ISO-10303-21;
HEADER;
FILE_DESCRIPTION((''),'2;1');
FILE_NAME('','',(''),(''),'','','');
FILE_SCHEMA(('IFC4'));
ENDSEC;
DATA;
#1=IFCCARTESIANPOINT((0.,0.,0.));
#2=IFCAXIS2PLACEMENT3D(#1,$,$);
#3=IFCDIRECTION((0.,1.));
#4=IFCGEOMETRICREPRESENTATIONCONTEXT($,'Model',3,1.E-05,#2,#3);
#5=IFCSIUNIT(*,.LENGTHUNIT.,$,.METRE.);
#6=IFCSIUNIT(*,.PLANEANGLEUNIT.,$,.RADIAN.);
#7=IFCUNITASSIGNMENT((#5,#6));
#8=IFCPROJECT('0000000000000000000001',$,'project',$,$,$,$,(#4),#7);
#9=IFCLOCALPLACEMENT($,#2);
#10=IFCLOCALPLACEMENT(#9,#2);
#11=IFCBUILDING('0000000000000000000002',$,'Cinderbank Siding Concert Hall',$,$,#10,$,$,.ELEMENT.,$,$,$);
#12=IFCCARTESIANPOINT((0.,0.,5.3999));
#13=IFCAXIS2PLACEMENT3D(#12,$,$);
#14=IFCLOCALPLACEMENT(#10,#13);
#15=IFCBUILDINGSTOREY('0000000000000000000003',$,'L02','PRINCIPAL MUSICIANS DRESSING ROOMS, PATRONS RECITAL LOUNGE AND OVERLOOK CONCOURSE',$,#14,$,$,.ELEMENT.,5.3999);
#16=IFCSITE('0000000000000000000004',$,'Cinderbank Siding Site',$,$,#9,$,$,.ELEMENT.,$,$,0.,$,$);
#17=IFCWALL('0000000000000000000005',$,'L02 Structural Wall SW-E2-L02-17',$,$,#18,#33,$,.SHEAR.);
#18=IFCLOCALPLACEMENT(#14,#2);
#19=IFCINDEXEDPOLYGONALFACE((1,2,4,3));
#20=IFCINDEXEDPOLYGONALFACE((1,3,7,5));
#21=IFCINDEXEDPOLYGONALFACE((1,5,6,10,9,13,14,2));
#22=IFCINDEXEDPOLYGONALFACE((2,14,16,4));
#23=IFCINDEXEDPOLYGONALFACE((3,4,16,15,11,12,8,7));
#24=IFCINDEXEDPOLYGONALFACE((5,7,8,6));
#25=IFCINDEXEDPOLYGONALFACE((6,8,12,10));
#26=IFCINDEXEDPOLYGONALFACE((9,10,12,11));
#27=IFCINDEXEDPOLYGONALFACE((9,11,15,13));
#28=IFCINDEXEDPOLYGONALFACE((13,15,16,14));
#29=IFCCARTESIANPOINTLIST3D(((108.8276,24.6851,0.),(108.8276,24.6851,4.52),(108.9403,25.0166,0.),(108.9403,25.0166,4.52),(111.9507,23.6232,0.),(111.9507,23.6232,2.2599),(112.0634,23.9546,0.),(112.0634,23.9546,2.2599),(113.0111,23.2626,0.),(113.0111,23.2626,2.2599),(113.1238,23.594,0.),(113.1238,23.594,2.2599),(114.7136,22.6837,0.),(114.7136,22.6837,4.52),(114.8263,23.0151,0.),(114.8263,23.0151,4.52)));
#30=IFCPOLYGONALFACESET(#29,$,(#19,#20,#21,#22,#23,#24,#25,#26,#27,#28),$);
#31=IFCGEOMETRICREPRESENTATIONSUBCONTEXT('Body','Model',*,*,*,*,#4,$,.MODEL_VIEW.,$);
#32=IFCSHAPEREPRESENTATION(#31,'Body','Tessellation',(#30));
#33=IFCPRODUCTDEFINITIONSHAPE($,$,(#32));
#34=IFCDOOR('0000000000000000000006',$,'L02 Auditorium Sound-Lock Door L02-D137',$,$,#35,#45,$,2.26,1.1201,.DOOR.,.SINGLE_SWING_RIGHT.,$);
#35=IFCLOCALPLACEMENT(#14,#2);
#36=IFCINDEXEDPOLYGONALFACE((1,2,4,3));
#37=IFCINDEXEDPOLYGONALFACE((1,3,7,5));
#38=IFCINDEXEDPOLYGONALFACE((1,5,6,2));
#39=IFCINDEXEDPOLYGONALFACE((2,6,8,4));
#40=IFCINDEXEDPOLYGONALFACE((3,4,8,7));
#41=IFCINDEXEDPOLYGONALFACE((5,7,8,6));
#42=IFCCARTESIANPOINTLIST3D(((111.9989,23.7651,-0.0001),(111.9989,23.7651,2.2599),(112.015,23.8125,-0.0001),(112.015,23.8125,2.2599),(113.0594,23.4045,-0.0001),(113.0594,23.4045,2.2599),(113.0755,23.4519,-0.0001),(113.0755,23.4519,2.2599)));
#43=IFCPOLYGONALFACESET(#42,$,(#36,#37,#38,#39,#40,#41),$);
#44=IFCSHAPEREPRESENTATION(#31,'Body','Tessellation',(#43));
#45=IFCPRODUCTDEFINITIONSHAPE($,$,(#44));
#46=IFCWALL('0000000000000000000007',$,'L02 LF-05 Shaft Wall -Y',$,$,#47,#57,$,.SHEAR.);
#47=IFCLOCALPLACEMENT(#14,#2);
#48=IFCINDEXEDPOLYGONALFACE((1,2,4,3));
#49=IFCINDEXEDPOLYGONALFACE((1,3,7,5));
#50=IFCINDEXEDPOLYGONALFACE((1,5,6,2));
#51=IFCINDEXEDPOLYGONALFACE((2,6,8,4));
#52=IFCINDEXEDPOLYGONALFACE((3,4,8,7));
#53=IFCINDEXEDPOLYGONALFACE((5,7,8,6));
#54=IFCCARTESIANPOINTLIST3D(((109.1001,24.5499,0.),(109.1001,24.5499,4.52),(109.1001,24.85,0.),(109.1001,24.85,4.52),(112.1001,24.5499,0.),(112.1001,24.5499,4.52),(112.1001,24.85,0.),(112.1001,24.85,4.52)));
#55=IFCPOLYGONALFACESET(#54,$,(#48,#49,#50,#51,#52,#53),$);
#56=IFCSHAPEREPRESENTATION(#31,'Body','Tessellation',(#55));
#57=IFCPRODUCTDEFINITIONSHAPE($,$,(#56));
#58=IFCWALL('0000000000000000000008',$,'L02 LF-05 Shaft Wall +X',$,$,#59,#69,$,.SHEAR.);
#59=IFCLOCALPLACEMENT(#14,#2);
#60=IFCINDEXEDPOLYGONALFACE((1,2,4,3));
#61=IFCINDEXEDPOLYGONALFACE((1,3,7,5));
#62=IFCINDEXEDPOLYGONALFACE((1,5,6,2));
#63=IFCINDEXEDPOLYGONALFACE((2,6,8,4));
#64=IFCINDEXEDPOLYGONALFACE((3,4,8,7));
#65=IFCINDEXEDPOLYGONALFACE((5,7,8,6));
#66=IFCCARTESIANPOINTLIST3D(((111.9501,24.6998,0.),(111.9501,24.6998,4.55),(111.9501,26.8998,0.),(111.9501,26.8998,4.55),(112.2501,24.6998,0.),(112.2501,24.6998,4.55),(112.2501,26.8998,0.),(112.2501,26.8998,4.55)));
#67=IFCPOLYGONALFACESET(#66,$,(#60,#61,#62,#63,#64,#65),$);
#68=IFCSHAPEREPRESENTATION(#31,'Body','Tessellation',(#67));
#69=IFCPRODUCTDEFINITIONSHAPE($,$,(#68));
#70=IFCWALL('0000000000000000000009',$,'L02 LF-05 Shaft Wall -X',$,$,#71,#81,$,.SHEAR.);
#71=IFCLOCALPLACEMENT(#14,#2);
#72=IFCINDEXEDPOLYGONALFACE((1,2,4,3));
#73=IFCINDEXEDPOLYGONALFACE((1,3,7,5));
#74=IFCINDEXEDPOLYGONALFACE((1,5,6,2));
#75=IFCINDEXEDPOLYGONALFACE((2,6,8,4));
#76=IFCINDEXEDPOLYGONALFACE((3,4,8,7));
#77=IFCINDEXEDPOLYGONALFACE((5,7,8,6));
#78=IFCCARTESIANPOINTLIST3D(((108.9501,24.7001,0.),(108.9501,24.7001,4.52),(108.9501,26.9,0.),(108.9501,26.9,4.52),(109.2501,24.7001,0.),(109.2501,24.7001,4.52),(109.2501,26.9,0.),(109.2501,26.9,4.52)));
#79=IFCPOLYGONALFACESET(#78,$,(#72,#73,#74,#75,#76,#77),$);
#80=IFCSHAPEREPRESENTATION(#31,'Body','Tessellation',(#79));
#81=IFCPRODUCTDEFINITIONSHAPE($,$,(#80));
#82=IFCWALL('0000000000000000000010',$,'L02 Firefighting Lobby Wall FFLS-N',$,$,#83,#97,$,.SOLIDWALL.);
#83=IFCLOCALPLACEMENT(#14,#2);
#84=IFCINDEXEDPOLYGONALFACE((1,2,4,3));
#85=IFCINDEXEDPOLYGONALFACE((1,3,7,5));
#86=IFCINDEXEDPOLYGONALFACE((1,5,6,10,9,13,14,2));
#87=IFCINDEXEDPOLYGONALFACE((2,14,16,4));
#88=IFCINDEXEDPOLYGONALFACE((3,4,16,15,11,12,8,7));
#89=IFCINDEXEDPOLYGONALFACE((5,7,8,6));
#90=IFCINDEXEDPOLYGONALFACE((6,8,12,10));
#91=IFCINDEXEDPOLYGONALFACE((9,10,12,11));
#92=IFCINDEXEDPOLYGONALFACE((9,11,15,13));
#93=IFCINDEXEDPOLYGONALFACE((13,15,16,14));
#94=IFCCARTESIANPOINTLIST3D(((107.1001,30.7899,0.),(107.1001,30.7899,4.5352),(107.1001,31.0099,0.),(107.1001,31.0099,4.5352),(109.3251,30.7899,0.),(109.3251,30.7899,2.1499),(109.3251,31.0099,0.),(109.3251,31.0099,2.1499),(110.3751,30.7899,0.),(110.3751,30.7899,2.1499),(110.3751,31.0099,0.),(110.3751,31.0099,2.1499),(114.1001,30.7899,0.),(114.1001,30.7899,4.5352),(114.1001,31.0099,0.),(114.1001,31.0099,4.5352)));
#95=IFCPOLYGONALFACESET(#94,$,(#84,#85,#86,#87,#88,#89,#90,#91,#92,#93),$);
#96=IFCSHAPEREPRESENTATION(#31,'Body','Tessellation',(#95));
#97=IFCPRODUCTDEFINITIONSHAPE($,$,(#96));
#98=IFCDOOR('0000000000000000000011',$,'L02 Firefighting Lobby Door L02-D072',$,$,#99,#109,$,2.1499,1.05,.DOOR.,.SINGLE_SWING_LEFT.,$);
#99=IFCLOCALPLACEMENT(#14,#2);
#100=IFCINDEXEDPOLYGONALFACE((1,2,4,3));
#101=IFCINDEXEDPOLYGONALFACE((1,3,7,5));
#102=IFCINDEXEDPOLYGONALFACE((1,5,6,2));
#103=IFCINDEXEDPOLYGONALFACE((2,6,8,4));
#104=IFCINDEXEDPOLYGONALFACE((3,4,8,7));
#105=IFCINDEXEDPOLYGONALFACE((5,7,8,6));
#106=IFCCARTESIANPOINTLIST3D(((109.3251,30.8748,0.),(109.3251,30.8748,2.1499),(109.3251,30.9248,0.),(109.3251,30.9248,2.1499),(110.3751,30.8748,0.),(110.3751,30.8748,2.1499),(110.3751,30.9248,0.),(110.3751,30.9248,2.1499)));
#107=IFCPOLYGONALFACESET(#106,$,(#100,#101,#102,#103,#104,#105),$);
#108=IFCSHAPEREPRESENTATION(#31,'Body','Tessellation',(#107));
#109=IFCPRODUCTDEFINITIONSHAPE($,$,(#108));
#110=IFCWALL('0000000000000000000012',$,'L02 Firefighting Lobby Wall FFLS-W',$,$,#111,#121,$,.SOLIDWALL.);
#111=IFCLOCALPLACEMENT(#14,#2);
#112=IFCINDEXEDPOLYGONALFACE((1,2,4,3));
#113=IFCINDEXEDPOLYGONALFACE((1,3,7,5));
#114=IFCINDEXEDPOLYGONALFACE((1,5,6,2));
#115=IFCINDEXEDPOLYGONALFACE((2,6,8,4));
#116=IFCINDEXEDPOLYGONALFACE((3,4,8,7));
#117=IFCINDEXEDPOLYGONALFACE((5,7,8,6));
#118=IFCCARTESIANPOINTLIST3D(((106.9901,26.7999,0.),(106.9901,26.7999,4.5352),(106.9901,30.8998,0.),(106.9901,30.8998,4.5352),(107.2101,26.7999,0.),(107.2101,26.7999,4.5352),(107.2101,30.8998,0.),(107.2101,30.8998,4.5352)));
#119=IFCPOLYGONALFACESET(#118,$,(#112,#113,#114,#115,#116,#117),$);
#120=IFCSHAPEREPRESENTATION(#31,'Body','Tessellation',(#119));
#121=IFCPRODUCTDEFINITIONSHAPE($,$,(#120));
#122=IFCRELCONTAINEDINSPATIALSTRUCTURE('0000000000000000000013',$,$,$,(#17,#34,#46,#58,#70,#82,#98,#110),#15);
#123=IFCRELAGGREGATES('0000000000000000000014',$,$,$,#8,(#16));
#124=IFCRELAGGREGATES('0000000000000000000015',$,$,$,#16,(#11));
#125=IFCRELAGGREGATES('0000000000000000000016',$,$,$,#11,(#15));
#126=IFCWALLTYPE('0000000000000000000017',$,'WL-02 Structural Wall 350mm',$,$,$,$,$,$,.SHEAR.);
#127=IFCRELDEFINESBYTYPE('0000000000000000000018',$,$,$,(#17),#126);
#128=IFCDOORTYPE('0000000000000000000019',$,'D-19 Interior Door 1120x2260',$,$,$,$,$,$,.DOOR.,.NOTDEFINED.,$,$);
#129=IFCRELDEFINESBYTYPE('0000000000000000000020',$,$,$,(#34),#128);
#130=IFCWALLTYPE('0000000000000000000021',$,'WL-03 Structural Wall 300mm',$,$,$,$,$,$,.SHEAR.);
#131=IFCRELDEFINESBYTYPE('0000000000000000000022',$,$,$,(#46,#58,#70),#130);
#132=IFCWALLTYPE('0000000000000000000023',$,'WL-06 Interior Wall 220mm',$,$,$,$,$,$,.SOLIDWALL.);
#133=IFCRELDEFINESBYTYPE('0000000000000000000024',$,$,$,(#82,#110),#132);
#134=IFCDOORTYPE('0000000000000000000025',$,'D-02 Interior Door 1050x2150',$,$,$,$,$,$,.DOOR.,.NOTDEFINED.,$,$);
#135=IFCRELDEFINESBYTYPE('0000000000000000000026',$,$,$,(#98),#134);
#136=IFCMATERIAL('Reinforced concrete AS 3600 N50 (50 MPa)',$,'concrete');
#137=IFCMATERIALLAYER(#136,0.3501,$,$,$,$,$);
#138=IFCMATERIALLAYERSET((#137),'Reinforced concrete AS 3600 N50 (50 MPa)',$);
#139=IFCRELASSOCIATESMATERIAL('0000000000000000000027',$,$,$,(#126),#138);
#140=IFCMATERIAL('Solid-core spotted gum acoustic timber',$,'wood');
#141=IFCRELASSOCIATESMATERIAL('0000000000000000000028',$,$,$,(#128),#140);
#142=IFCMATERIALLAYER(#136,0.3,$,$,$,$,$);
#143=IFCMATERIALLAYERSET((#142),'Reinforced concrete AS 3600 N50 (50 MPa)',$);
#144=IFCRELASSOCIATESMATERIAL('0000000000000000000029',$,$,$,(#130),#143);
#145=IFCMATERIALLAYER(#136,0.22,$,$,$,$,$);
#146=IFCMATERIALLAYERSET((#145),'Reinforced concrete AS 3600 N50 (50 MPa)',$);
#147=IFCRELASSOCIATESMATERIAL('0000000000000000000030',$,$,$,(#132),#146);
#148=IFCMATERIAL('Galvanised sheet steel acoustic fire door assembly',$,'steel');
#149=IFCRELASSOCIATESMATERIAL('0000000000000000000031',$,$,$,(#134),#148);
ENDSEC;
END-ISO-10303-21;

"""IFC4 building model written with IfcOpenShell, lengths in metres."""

from ifc_helpers import new_model, si_unit, direction, frame, frame_2d, origin, place, context, subcontext, project, spatial, rectangle, extrude, material, layer, layer_set, type_object, element, fill, save


model = new_model("IFC4")

# Units and contexts
model_context = context("Model", 3, precision=1e-05, world=origin(), true_north=direction((0.0, 1.0)))
body_context = subcontext(model_context, "Body", "Model", "MODEL_VIEW")
ifc_project = project(units=[si_unit("LENGTHUNIT", "METRE"), si_unit("PLANEANGLEUNIT", "RADIAN")], contexts=[model_context])

# Site, building, storey
site_placement = place(None, origin())
site = spatial("IfcSite", under=ifc_project, at=site_placement, Name="Cinderbank Siding Site", CompositionType="ELEMENT", RefElevation=0.0)
building_placement = place(site_placement, origin())
building = spatial("IfcBuilding", under=site, at=building_placement, Name="Cinderbank Siding Concert Hall", CompositionType="ELEMENT")
storey_placement = place(building_placement, frame((0.0, 0.0, 5.3999)))
storey = spatial("IfcBuildingStorey", under=building, at=storey_placement, Name="L02", Description="PRINCIPAL MUSICIANS DRESSING ROOMS, PATRONS RECITAL LOUNGE AND OVERLOOK CONCOURSE", CompositionType="ELEMENT", Elevation=5.3999)

# Shared definitions
ifc_material_1 = material(Name="Reinforced concrete AS 3600 N50 (50 MPa)", Category="concrete")

# Shared definitions
ifc_layer_1 = layer(ifc_material_1, 0.3501)
ifc_layer_set_1 = layer_set([ifc_layer_1], Name="Reinforced concrete AS 3600 N50 (50 MPa)")
wall_type_1 = type_object("IfcWallType", Name="WL-02 Structural Wall 350mm", PredefinedType="SHEAR", material=ifc_layer_set_1)

# Wall, opening, door
wall_1_placement = place(storey_placement, frame((108.884, 24.8508, 0.0), z_axis=(0.0, 0.0, 1.0), x_axis=(0.946761, -0.321936, 0.0)))
wall_1 = element("IfcWall", 1, at=wall_1_placement, inside=storey, type_object=wall_type_1, Name="L02 Structural Wall SW-E2-L02-17", PredefinedType="SHEAR", context=body_context, shape_type="SweptSolid", body=[
    extrude(rectangle(XDim=6.217, YDim=0.3501, at=frame_2d((3.1084, 0.0))), origin(), (0.0, 0.0, 1.0), 4.52),
])
opening_1_placement = place(wall_1_placement, frame((3.2986, 0.0, 0.0)))
opening_1 = element("IfcOpeningElement", 2, at=opening_1_placement, cuts=wall_1, PredefinedType="OPENING", context=body_context, shape_type="SweptSolid", body=[
    extrude(rectangle(XDim=1.1201, YDim=2.26, at=frame_2d((0.5601, 1.1299))), frame((0.0, 0.187, 0.0), z_axis=(0.0, -1.0, 0.0), x_axis=(1.0, 0.0, 0.0)), (0.0, 0.0, 1.0), 0.374),
])
ifc_material_2 = material(Name="Solid-core spotted gum acoustic timber", Category="wood")
door_type_1 = type_object("IfcDoorType", Name="D-19 Interior Door 1120x2260", OperationType="NOTDEFINED", PredefinedType="DOOR", material=ifc_material_2)
door_1_placement = place(opening_1_placement, origin())
door_1 = element("IfcDoor", 3, at=door_1_placement, inside=storey, type_object=door_type_1, Name="L02 Auditorium Sound-Lock Door L02-D137", OperationType="SINGLE_SWING_RIGHT", OverallHeight=2.26, OverallWidth=1.1201, PredefinedType="DOOR", context=body_context, shape_type="SweptSolid", body=[
    extrude(rectangle(XDim=1.1201, YDim=2.26, at=frame_2d((0.5601, 1.1299))), frame((0.0, 0.0249, 0.0), z_axis=(0.0, -1.0, 0.0), x_axis=(1.0, 0.0, 0.0)), (0.0, 0.0, 1.0), 0.05),
])
fill(opening_1, door_1)

# Walls
ifc_layer_2 = layer(ifc_material_1, 0.3)
ifc_layer_set_2 = layer_set([ifc_layer_2], Name="Reinforced concrete AS 3600 N50 (50 MPa)")
wall_type_2 = type_object("IfcWallType", Name="WL-03 Structural Wall 300mm", PredefinedType="SHEAR", material=ifc_layer_set_2)
wall_2_placement = place(storey_placement, frame((112.1001, 24.7, 0.0), z_axis=(0.0, 0.0, 1.0), x_axis=(-1.0, 0.0, 0.0)))
element("IfcWall", 4, at=wall_2_placement, inside=storey, type_object=wall_type_2, Name="L02 LF-05 Shaft Wall -Y", PredefinedType="SHEAR", context=body_context, shape_type="SweptSolid", body=[
    extrude(rectangle(XDim=3.0, YDim=0.3, at=frame_2d((1.5, 0.0))), origin(), (0.0, 0.0, 1.0), 4.52),
])
wall_3_placement = place(storey_placement, frame((112.1001, 26.8999, 0.0), z_axis=(0.0, 0.0, 1.0), x_axis=(0.0, -1.0, 0.0)))
element("IfcWall", 5, at=wall_3_placement, inside=storey, type_object=wall_type_2, Name="L02 LF-05 Shaft Wall +X", PredefinedType="SHEAR", context=body_context, shape_type="SweptSolid", body=[
    extrude(rectangle(XDim=2.2, YDim=0.3, at=frame_2d((1.1001, 0.0))), origin(), (0.0, 0.0, 1.0), 4.55),
])

# Shared definitions
ifc_material_3 = material(Name="Galvanised sheet steel acoustic fire door assembly", Category="steel")

# Wall
wall_4_placement = place(storey_placement, frame((109.1001, 24.7, 0.0), z_axis=(0.0, 0.0, 1.0), x_axis=(0.0, 1.0, 0.0)))
element("IfcWall", 6, at=wall_4_placement, inside=storey, type_object=wall_type_2, Name="L02 LF-05 Shaft Wall -X", PredefinedType="SHEAR", context=body_context, shape_type="SweptSolid", body=[
    extrude(rectangle(XDim=2.2, YDim=0.3, at=frame_2d((1.1001, 0.0))), origin(), (0.0, 0.0, 1.0), 4.52),
])

# Wall, opening, door
ifc_layer_3 = layer(ifc_material_1, 0.22)
ifc_layer_set_3 = layer_set([ifc_layer_3], Name="Reinforced concrete AS 3600 N50 (50 MPa)")
wall_type_3 = type_object("IfcWallType", Name="WL-06 Interior Wall 220mm", PredefinedType="SOLIDWALL", material=ifc_layer_set_3)
wall_5_placement = place(storey_placement, frame((107.1001, 30.8999, 0.0), z_axis=(0.0, 0.0, 1.0), x_axis=(1.0, 0.0, 0.0)))
wall_5 = element("IfcWall", 7, at=wall_5_placement, inside=storey, type_object=wall_type_3, Name="L02 Firefighting Lobby Wall FFLS-N", PredefinedType="SOLIDWALL", context=body_context, shape_type="SweptSolid", body=[
    extrude(rectangle(XDim=7.0, YDim=0.22, at=frame_2d((3.5, 0.0))), origin(), (0.0, 0.0, 1.0), 4.5352),
])
opening_2_placement = place(wall_5_placement, frame((2.2251, 0.0, 0.0)))
opening_2 = element("IfcOpeningElement", 8, at=opening_2_placement, cuts=wall_5, PredefinedType="OPENING", context=body_context, shape_type="SweptSolid", body=[
    extrude(rectangle(XDim=1.05, YDim=2.1499, at=frame_2d((0.5249, 1.075))), frame((0.0, 0.1221, 0.0), z_axis=(0.0, -1.0, 0.0), x_axis=(1.0, 0.0, 0.0)), (0.0, 0.0, 1.0), 0.2439),
])
door_type_2 = type_object("IfcDoorType", Name="D-02 Interior Door 1050x2150", OperationType="NOTDEFINED", PredefinedType="DOOR", material=ifc_material_3)
door_2_placement = place(opening_2_placement, origin())
door_2 = element("IfcDoor", 9, at=door_2_placement, inside=storey, type_object=door_type_2, Name="L02 Firefighting Lobby Door L02-D072", OperationType="SINGLE_SWING_LEFT", OverallHeight=2.1499, OverallWidth=1.05, PredefinedType="DOOR", context=body_context, shape_type="SweptSolid", body=[
    extrude(rectangle(XDim=1.05, YDim=2.1499, at=frame_2d((0.5249, 1.075))), frame((0.0, 0.0249, 0.0), z_axis=(0.0, -1.0, 0.0), x_axis=(1.0, 0.0, 0.0)), (0.0, 0.0, 1.0), 0.05),
])
fill(opening_2, door_2)

# Wall
wall_6_placement = place(storey_placement, frame((107.1001, 26.8, 0.0), z_axis=(0.0, 0.0, 1.0), x_axis=(0.0, 1.0, 0.0)))
element("IfcWall", 10, at=wall_6_placement, inside=storey, type_object=wall_type_3, Name="L02 Firefighting Lobby Wall FFLS-W", PredefinedType="SOLIDWALL", context=body_context, shape_type="SweptSolid", body=[
    extrude(rectangle(XDim=4.0999, YDim=0.22, at=frame_2d((2.0498, 0.0))), origin(), (0.0, 0.0, 1.0), 4.5352),
])

save(model, "model.ifc")
